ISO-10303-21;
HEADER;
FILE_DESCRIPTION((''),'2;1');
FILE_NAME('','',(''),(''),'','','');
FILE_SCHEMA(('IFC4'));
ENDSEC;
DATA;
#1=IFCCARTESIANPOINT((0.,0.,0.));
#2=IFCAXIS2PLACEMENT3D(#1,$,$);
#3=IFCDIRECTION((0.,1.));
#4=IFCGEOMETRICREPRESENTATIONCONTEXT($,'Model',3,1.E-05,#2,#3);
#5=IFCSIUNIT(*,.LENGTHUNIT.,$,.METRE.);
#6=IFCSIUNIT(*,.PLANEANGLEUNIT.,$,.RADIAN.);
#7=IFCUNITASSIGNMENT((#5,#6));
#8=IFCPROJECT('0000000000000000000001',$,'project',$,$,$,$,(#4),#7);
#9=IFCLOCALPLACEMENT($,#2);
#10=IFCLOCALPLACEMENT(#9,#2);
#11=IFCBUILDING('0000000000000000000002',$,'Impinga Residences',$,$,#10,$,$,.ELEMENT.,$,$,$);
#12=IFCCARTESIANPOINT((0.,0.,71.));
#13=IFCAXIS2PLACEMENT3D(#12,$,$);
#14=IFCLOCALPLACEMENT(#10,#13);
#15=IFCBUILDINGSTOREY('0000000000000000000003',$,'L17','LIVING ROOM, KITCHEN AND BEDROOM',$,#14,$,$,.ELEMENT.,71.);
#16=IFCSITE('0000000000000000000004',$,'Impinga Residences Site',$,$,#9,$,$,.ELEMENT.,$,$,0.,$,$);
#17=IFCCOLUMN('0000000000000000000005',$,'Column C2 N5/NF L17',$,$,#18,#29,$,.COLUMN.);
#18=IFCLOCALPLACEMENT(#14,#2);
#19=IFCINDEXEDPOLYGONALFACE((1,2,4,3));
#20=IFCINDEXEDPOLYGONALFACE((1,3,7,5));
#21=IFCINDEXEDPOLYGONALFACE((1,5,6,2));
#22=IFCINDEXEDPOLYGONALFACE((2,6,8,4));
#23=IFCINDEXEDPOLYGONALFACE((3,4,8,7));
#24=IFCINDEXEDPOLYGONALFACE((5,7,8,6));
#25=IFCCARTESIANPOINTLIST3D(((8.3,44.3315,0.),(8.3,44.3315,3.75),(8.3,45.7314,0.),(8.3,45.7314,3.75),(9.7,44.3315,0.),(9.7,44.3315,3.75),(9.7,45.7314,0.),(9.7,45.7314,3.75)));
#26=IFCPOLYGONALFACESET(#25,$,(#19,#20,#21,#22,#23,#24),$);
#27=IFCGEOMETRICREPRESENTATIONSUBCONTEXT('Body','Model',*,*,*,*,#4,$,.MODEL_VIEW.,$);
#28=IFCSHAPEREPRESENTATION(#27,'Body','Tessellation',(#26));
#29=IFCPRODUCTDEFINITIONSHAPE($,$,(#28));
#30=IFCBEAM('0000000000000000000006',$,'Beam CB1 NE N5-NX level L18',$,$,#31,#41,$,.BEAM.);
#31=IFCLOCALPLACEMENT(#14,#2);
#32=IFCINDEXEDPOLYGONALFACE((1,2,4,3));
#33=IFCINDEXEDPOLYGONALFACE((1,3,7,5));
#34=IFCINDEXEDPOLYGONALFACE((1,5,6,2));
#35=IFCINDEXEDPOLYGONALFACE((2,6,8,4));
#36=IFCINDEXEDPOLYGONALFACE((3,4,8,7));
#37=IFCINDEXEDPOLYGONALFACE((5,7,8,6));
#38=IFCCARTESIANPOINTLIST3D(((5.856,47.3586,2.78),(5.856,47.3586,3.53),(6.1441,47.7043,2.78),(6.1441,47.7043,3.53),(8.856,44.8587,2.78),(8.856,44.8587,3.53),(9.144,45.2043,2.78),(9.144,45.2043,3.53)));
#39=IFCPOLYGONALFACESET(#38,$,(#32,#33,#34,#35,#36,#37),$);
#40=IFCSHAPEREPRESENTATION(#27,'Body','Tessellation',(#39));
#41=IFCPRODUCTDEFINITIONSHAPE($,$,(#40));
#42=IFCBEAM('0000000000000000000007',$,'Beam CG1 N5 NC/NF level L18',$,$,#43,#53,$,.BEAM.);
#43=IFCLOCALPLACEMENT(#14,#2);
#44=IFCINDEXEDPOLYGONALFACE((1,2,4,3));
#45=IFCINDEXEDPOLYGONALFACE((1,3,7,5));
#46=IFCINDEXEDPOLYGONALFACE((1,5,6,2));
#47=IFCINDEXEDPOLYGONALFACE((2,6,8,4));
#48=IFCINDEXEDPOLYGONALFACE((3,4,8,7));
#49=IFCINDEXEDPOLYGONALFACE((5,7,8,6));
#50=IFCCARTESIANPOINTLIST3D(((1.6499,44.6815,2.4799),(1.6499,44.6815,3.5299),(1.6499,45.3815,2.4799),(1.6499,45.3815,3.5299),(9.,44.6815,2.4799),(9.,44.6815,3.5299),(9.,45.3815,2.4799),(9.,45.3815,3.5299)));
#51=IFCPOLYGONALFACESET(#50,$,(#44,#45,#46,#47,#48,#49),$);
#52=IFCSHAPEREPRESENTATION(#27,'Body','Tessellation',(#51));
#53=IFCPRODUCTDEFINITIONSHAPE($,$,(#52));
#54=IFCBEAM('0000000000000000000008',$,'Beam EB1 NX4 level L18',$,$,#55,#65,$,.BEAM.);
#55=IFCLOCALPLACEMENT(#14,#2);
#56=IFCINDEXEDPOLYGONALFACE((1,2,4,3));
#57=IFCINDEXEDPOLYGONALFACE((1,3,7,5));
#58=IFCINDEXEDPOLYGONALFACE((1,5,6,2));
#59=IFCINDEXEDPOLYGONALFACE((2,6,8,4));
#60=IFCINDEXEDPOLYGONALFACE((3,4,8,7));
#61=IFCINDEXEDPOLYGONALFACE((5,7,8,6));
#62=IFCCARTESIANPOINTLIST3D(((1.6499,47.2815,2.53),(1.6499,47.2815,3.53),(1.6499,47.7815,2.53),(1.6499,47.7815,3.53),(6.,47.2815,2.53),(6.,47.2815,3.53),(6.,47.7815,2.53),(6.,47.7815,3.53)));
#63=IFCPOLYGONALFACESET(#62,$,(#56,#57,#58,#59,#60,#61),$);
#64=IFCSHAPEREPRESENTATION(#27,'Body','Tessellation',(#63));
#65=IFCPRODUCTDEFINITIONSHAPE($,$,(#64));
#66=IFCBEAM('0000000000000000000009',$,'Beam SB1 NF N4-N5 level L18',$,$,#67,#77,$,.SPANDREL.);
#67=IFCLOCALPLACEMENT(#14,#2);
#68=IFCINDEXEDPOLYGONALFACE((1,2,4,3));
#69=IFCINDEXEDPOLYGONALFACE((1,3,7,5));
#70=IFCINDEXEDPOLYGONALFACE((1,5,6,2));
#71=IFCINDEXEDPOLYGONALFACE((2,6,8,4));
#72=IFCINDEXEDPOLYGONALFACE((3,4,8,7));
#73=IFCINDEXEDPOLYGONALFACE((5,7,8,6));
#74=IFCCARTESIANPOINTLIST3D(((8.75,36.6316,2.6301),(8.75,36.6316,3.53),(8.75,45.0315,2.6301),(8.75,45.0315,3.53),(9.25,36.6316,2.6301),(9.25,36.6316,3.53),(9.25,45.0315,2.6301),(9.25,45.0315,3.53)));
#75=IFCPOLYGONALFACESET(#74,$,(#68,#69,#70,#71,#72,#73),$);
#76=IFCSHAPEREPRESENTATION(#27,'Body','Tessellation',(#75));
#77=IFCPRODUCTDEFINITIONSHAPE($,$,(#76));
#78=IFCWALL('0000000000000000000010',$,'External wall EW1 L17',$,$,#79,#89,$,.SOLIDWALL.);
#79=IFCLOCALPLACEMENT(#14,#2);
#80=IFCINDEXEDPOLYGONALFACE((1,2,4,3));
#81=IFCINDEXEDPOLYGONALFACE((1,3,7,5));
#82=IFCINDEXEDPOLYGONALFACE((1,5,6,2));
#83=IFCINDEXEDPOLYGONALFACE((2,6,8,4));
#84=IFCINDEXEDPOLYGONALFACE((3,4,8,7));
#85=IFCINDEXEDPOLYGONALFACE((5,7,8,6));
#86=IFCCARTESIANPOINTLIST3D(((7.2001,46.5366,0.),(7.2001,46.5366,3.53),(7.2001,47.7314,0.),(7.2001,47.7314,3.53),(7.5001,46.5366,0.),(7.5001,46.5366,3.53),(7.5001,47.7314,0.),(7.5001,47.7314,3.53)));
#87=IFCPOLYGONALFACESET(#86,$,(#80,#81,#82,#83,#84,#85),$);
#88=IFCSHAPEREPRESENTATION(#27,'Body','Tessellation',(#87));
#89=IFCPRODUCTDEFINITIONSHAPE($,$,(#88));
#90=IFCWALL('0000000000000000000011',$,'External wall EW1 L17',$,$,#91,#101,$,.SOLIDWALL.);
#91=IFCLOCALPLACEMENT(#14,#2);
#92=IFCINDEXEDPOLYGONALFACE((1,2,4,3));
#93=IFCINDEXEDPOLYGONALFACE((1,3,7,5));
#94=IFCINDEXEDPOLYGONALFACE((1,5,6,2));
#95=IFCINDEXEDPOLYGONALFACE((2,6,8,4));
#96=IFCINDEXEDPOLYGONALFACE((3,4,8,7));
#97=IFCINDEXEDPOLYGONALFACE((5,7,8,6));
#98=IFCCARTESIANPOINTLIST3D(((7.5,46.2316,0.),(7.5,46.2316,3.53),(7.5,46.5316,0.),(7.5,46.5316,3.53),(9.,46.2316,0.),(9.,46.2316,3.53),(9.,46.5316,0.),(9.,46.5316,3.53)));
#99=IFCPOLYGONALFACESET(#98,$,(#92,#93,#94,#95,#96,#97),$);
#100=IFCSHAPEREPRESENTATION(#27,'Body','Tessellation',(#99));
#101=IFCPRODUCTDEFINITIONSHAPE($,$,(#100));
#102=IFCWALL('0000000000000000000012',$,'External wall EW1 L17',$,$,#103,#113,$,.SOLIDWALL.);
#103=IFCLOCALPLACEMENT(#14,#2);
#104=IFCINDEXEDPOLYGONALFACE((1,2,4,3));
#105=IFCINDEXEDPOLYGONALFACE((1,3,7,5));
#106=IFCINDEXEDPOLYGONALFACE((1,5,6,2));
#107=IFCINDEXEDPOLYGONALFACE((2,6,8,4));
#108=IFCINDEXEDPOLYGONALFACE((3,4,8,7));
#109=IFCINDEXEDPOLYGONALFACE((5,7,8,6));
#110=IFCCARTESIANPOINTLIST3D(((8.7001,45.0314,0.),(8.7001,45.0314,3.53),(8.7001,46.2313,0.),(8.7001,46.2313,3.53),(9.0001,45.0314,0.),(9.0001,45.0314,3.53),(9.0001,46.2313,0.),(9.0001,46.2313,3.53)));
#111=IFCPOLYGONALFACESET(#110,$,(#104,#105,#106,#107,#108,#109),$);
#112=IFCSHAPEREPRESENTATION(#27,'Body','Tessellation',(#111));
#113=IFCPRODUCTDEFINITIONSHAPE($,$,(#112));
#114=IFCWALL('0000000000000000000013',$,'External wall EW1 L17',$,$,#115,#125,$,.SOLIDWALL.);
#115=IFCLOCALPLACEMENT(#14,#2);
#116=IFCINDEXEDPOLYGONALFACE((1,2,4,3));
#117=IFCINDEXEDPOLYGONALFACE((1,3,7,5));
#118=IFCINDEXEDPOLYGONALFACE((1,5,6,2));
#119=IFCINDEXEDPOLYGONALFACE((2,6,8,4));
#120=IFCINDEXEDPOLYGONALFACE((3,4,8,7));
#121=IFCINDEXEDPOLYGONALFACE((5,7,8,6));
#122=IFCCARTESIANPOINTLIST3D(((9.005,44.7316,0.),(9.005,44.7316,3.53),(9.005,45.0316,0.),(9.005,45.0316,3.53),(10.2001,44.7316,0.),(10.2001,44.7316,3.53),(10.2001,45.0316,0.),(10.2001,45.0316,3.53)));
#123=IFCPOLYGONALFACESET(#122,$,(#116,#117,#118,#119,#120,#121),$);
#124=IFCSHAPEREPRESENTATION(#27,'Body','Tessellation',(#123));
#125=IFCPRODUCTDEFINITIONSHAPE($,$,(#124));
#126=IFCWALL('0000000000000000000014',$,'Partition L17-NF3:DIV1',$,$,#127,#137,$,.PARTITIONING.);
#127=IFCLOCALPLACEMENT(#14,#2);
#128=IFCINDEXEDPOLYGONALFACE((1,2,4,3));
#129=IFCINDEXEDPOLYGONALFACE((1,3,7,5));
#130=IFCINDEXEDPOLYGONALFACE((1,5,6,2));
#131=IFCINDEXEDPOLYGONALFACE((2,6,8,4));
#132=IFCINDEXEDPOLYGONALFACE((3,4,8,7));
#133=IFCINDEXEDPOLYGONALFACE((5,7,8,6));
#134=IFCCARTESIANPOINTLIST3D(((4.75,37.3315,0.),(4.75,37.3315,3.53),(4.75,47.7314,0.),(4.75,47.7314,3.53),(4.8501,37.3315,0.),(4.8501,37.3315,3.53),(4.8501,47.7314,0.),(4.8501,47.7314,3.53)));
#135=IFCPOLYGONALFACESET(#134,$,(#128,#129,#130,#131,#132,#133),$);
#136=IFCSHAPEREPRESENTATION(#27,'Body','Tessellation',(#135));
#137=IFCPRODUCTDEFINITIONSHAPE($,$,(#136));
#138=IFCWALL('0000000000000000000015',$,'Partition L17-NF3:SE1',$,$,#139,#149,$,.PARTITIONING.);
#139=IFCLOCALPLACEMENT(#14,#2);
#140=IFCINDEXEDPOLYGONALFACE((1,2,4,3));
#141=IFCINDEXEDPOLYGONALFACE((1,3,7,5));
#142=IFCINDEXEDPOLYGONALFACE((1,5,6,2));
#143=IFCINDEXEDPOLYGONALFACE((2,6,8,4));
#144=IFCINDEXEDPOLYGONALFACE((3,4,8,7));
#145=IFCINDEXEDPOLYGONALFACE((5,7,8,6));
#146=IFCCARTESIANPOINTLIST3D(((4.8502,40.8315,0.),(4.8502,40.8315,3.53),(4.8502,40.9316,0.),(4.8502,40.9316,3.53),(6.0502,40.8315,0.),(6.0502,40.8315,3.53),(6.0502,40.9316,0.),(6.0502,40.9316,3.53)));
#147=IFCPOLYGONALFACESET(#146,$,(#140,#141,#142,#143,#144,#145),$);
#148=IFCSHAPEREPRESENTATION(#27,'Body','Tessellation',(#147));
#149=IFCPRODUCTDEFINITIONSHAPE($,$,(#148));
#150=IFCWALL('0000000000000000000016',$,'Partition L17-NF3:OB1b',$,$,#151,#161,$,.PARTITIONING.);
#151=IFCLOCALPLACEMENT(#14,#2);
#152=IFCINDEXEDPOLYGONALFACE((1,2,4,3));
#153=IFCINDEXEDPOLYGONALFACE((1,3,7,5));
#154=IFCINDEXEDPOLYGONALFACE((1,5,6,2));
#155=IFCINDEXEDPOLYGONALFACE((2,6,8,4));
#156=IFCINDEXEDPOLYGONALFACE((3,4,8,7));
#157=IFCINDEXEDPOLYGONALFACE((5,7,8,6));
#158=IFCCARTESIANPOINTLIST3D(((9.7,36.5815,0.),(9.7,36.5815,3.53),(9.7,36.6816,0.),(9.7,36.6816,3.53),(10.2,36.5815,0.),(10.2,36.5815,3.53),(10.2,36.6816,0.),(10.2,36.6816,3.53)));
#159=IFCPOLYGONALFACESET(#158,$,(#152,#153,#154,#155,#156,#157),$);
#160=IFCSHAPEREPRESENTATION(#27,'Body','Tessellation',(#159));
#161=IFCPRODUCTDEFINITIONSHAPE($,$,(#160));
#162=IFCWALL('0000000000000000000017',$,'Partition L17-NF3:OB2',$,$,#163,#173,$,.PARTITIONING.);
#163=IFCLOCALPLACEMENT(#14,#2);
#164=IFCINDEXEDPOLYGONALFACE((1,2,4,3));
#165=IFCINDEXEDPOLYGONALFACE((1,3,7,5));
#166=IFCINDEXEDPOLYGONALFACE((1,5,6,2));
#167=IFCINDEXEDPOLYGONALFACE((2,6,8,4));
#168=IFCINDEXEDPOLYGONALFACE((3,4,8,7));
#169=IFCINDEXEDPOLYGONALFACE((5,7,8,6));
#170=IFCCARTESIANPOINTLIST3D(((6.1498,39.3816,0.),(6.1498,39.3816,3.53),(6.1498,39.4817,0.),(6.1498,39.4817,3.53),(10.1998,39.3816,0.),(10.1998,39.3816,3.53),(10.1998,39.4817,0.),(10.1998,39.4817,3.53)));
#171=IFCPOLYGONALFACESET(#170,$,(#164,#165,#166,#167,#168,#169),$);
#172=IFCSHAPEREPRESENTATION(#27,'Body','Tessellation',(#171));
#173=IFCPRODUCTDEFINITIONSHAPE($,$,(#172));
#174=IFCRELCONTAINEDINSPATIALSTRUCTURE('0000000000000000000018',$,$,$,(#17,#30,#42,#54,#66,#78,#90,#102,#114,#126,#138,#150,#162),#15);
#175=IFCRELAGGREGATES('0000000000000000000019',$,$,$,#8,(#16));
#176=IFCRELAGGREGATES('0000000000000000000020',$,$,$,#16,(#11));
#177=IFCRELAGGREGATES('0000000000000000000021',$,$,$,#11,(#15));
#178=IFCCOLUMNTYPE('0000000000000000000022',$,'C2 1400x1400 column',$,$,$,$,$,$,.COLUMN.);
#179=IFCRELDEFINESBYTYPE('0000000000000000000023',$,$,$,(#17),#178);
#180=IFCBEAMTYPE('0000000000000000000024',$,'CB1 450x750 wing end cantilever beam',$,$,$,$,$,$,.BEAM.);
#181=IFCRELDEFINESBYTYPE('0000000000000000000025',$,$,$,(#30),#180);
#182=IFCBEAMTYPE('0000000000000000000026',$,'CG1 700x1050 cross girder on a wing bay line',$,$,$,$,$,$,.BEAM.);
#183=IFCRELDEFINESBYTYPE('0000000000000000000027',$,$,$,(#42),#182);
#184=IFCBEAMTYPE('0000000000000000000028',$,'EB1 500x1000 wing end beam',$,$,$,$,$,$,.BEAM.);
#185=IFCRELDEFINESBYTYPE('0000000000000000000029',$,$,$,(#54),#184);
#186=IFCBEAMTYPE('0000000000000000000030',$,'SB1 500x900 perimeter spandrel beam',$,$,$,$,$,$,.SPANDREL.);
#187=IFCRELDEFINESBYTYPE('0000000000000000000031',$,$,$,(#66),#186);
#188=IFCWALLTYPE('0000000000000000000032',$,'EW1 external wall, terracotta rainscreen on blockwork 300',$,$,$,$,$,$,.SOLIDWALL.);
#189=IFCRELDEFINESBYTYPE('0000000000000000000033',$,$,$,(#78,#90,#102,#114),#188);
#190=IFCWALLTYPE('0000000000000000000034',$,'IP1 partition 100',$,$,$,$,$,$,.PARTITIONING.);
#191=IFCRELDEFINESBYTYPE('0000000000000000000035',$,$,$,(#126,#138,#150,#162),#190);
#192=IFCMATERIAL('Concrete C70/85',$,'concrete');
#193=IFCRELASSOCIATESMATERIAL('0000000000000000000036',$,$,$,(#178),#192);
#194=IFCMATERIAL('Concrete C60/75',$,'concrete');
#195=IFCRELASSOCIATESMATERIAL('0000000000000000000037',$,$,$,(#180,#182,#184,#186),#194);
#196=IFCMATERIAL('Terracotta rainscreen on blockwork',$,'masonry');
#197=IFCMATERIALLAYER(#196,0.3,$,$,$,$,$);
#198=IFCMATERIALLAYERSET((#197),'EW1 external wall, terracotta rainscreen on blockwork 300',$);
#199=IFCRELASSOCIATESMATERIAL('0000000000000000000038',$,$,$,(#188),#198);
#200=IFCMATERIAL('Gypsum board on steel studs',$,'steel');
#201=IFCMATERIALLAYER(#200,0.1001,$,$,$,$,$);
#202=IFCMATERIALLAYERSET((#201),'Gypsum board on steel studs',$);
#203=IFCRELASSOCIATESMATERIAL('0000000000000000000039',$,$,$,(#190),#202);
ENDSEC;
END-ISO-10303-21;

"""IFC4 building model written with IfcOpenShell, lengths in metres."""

from ifc_helpers import new_model, si_unit, direction, frame, frame_2d, origin, origin_2d, place, context, subcontext, project, spatial, rectangle, extrude, material, layer, layer_set, material_profile, profile_set, type_object, element, save


model = new_model("IFC4")

# Units and contexts
model_context = context("Model", 3, precision=1e-05, world=origin(), true_north=direction((0.0, 1.0)))
body_context = subcontext(model_context, "Body", "Model", "MODEL_VIEW")
ifc_project = project(units=[si_unit("LENGTHUNIT", "METRE"), si_unit("PLANEANGLEUNIT", "RADIAN")], contexts=[model_context])

# Site, building, storey
site_placement = place(None, origin())
site = spatial("IfcSite", under=ifc_project, at=site_placement, Name="Impinga Residences Site", CompositionType="ELEMENT", RefElevation=0.0)
building_placement = place(site_placement, origin())
building = spatial("IfcBuilding", under=site, at=building_placement, Name="Impinga Residences", CompositionType="ELEMENT")
storey_placement = place(building_placement, frame((0.0, 0.0, 71.0)))
storey = spatial("IfcBuildingStorey", under=building, at=storey_placement, Name="L17", Description="LIVING ROOM, KITCHEN AND BEDROOM", CompositionType="ELEMENT", Elevation=71.0)

# Column
ifc_material_1 = material(Name="Concrete C70/85", Category="concrete")
ifc_material_profile_1 = material_profile(ifc_material_1, rectangle(XDim=1.3999, YDim=1.3999, at=origin_2d()), Name="RC 1400x1400")
ifc_profile_set_1 = profile_set([ifc_material_profile_1], Name="Concrete C70/85")
column_type = type_object("IfcColumnType", Name="C2 1400x1400 column", PredefinedType="COLUMN", material=ifc_profile_set_1)
column_placement = place(storey_placement, frame((9.0, 45.0315, 0.0), z_axis=(0.0, 0.0, 1.0), x_axis=(1.0, 0.0, 0.0)))
element("IfcColumn", 1, at=column_placement, inside=storey, type_object=column_type, Name="Column C2 N5/NF L17", PredefinedType="COLUMN", context=body_context, shape_type="SweptSolid", body=[
    extrude(rectangle(XDim=1.3999, YDim=1.3999, at=origin_2d()), origin(), (0.0, 0.0, 1.0), 3.75),
])

# Beams
ifc_material_2 = material(Name="Concrete C60/75", Category="concrete")
ifc_material_profile_2 = material_profile(ifc_material_2, rectangle(XDim=0.45, YDim=0.75, at=origin_2d()), Name="RC 450x750")
ifc_profile_set_2 = profile_set([ifc_material_profile_2], Name="Concrete C60/75")
beam_type_1 = type_object("IfcBeamType", Name="CB1 450x750 wing end cantilever beam", PredefinedType="BEAM", material=ifc_profile_set_2)
beam_1_placement = place(storey_placement, frame((9.0, 45.0315, 3.155), z_axis=(-0.768221, 0.640184, 0.0), x_axis=(-0.640184, -0.768221, 0.0)))
element("IfcBeam", 2, at=beam_1_placement, inside=storey, type_object=beam_type_1, Name="Beam CB1 NE N5-NX level L18", PredefinedType="BEAM", context=body_context, shape_type="SweptSolid", body=[
    extrude(rectangle(XDim=0.45, YDim=0.75, at=origin_2d()), origin(), (0.0, 0.0, 1.0), 3.905),
])
ifc_material_profile_3 = material_profile(ifc_material_2, rectangle(XDim=0.7, YDim=1.05, at=origin_2d()), Name="RC 700x1050")
ifc_profile_set_3 = profile_set([ifc_material_profile_3], Name="Concrete C60/75")
beam_type_2 = type_object("IfcBeamType", Name="CG1 700x1050 cross girder on a wing bay line", PredefinedType="BEAM", material=ifc_profile_set_3)
beam_2_placement = place(storey_placement, frame((1.6499, 45.0315, 3.0049), z_axis=(1.0, 0.0, 0.0), x_axis=(0.0, 1.0, 0.0)))
element("IfcBeam", 3, at=beam_2_placement, inside=storey, type_object=beam_type_2, Name="Beam CG1 N5 NC/NF level L18", PredefinedType="BEAM", context=body_context, shape_type="SweptSolid", body=[
    extrude(rectangle(XDim=0.7, YDim=1.05, at=origin_2d()), origin(), (0.0, 0.0, 1.0), 7.3501),
])
ifc_material_profile_4 = material_profile(ifc_material_2, rectangle(XDim=0.5, YDim=1.0, at=origin_2d()), Name="RC 500x1000")
ifc_profile_set_4 = profile_set([ifc_material_profile_4], Name="Concrete C60/75")
beam_type_3 = type_object("IfcBeamType", Name="EB1 500x1000 wing end beam", PredefinedType="BEAM", material=ifc_profile_set_4)
beam_3_placement = place(storey_placement, frame((1.6499, 47.5315, 3.03), z_axis=(1.0, 0.0, 0.0), x_axis=(0.0, 1.0, 0.0)))
element("IfcBeam", 4, at=beam_3_placement, inside=storey, type_object=beam_type_3, Name="Beam EB1 NX4 level L18", PredefinedType="BEAM", context=body_context, shape_type="SweptSolid", body=[
    extrude(rectangle(XDim=0.5, YDim=1.0, at=origin_2d()), origin(), (0.0, 0.0, 1.0), 4.3501),
])
ifc_material_profile_5 = material_profile(ifc_material_2, rectangle(XDim=0.5, YDim=0.8999, at=origin_2d()), Name="RC 500x900")
ifc_profile_set_5 = profile_set([ifc_material_profile_5], Name="Concrete C60/75")
beam_type_4 = type_object("IfcBeamType", Name="SB1 500x900 perimeter spandrel beam", PredefinedType="SPANDREL", material=ifc_profile_set_5)
beam_4_placement = place(storey_placement, frame((9.0, 36.6316, 3.0801), z_axis=(0.0, 1.0, 0.0), x_axis=(-1.0, 0.0, 0.0)))
element("IfcBeam", 5, at=beam_4_placement, inside=storey, type_object=beam_type_4, Name="Beam SB1 NF N4-N5 level L18", PredefinedType="SPANDREL", context=body_context, shape_type="SweptSolid", body=[
    extrude(rectangle(XDim=0.5, YDim=0.8999, at=origin_2d()), origin(), (0.0, 0.0, 1.0), 8.3999),
])

# Walls
ifc_material_3 = material(Name="Terracotta rainscreen on blockwork", Category="masonry")
ifc_layer_1 = layer(ifc_material_3, 0.3)
ifc_layer_set_1 = layer_set([ifc_layer_1], Name="EW1 external wall, terracotta rainscreen on blockwork 300")
wall_type_1 = type_object("IfcWallType", Name="EW1 external wall, terracotta rainscreen on blockwork 300", PredefinedType="SOLIDWALL", material=ifc_layer_set_1)
wall_1_placement = place(storey_placement, frame((7.3501, 47.7314, 0.0), z_axis=(0.0, 0.0, 1.0), x_axis=(0.0, -1.0, 0.0)))
element("IfcWall", 6, at=wall_1_placement, inside=storey, type_object=wall_type_1, Name="External wall EW1 L17", PredefinedType="SOLIDWALL", context=body_context, shape_type="SweptSolid", body=[
    extrude(rectangle(XDim=1.1948, YDim=0.3, at=frame_2d((0.5974, 0.0))), origin(), (0.0, 0.0, 1.0), 3.53),
])
wall_2_placement = place(storey_placement, frame((7.5, 46.3816, 0.0), z_axis=(0.0, 0.0, 1.0), x_axis=(1.0, 0.0, 0.0)))
element("IfcWall", 7, at=wall_2_placement, inside=storey, type_object=wall_type_1, Name="External wall EW1 L17", PredefinedType="SOLIDWALL", context=body_context, shape_type="SweptSolid", body=[
    extrude(rectangle(XDim=1.5, YDim=0.3, at=frame_2d((0.75, 0.0))), origin(), (0.0, 0.0, 1.0), 3.53),
])
wall_3_placement = place(storey_placement, frame((8.8501, 46.2314, 0.0), z_axis=(0.0, 0.0, 1.0), x_axis=(0.0, -1.0, 0.0)))
element("IfcWall", 8, at=wall_3_placement, inside=storey, type_object=wall_type_1, Name="External wall EW1 L17", PredefinedType="SOLIDWALL", context=body_context, shape_type="SweptSolid", body=[
    extrude(rectangle(XDim=1.2, YDim=0.3, at=frame_2d((0.6001, 0.0))), origin(), (0.0, 0.0, 1.0), 3.53),
])
wall_4_placement = place(storey_placement, frame((9.0049, 44.8816, 0.0), z_axis=(0.0, 0.0, 1.0), x_axis=(1.0, 0.0, 0.0)))
element("IfcWall", 9, at=wall_4_placement, inside=storey, type_object=wall_type_1, Name="External wall EW1 L17", PredefinedType="SOLIDWALL", context=body_context, shape_type="SweptSolid", body=[
    extrude(rectangle(XDim=1.1951, YDim=0.3, at=frame_2d((0.5977, 0.0))), origin(), (0.0, 0.0, 1.0), 3.53),
])

# Walls
ifc_material_4 = material(Name="Gypsum board on steel studs", Category="steel")
ifc_layer_2 = layer(ifc_material_4, 0.1001)
ifc_layer_set_2 = layer_set([ifc_layer_2], Name="Gypsum board on steel studs")
wall_type_2 = type_object("IfcWallType", Name="IP1 partition 100", PredefinedType="PARTITIONING", material=ifc_layer_set_2)
wall_5_placement = place(storey_placement, frame((4.8, 37.3315, 0.0), z_axis=(0.0, 0.0, 1.0), x_axis=(0.0, 1.0, 0.0)))
element("IfcWall", 10, at=wall_5_placement, inside=storey, type_object=wall_type_2, Name="Partition L17-NF3:DIV1", PredefinedType="PARTITIONING", context=body_context, shape_type="SweptSolid", body=[
    extrude(rectangle(XDim=10.3999, YDim=0.1001, at=frame_2d((5.2, 0.0))), origin(), (0.0, 0.0, 1.0), 3.53),
])
wall_6_placement = place(storey_placement, frame((4.8501, 40.8816, 0.0), z_axis=(0.0, 0.0, 1.0), x_axis=(1.0, 0.0, 0.0)))
element("IfcWall", 11, at=wall_6_placement, inside=storey, type_object=wall_type_2, Name="Partition L17-NF3:SE1", PredefinedType="PARTITIONING", context=body_context, shape_type="SweptSolid", body=[
    extrude(rectangle(XDim=1.2, YDim=0.1001, at=frame_2d((0.6001, 0.0))), origin(), (0.0, 0.0, 1.0), 3.53),
])
wall_7_placement = place(storey_placement, frame((9.7, 36.6316, 0.0), z_axis=(0.0, 0.0, 1.0), x_axis=(1.0, 0.0, 0.0)))
element("IfcWall", 12, at=wall_7_placement, inside=storey, type_object=wall_type_2, Name="Partition L17-NF3:OB1b", PredefinedType="PARTITIONING", context=body_context, shape_type="SweptSolid", body=[
    extrude(rectangle(XDim=0.5, YDim=0.1001, at=frame_2d((0.25, 0.0))), origin(), (0.0, 0.0, 1.0), 3.53),
])
wall_8_placement = place(storey_placement, frame((6.1499, 39.4316, 0.0), z_axis=(0.0, 0.0, 1.0), x_axis=(1.0, 0.0, 0.0)))
element("IfcWall", 13, at=wall_8_placement, inside=storey, type_object=wall_type_2, Name="Partition L17-NF3:OB2", PredefinedType="PARTITIONING", context=body_context, shape_type="SweptSolid", body=[
    extrude(rectangle(XDim=4.05, YDim=0.1001, at=frame_2d((2.0249, 0.0))), origin(), (0.0, 0.0, 1.0), 3.53),
])

save(model, "model.ifc")
